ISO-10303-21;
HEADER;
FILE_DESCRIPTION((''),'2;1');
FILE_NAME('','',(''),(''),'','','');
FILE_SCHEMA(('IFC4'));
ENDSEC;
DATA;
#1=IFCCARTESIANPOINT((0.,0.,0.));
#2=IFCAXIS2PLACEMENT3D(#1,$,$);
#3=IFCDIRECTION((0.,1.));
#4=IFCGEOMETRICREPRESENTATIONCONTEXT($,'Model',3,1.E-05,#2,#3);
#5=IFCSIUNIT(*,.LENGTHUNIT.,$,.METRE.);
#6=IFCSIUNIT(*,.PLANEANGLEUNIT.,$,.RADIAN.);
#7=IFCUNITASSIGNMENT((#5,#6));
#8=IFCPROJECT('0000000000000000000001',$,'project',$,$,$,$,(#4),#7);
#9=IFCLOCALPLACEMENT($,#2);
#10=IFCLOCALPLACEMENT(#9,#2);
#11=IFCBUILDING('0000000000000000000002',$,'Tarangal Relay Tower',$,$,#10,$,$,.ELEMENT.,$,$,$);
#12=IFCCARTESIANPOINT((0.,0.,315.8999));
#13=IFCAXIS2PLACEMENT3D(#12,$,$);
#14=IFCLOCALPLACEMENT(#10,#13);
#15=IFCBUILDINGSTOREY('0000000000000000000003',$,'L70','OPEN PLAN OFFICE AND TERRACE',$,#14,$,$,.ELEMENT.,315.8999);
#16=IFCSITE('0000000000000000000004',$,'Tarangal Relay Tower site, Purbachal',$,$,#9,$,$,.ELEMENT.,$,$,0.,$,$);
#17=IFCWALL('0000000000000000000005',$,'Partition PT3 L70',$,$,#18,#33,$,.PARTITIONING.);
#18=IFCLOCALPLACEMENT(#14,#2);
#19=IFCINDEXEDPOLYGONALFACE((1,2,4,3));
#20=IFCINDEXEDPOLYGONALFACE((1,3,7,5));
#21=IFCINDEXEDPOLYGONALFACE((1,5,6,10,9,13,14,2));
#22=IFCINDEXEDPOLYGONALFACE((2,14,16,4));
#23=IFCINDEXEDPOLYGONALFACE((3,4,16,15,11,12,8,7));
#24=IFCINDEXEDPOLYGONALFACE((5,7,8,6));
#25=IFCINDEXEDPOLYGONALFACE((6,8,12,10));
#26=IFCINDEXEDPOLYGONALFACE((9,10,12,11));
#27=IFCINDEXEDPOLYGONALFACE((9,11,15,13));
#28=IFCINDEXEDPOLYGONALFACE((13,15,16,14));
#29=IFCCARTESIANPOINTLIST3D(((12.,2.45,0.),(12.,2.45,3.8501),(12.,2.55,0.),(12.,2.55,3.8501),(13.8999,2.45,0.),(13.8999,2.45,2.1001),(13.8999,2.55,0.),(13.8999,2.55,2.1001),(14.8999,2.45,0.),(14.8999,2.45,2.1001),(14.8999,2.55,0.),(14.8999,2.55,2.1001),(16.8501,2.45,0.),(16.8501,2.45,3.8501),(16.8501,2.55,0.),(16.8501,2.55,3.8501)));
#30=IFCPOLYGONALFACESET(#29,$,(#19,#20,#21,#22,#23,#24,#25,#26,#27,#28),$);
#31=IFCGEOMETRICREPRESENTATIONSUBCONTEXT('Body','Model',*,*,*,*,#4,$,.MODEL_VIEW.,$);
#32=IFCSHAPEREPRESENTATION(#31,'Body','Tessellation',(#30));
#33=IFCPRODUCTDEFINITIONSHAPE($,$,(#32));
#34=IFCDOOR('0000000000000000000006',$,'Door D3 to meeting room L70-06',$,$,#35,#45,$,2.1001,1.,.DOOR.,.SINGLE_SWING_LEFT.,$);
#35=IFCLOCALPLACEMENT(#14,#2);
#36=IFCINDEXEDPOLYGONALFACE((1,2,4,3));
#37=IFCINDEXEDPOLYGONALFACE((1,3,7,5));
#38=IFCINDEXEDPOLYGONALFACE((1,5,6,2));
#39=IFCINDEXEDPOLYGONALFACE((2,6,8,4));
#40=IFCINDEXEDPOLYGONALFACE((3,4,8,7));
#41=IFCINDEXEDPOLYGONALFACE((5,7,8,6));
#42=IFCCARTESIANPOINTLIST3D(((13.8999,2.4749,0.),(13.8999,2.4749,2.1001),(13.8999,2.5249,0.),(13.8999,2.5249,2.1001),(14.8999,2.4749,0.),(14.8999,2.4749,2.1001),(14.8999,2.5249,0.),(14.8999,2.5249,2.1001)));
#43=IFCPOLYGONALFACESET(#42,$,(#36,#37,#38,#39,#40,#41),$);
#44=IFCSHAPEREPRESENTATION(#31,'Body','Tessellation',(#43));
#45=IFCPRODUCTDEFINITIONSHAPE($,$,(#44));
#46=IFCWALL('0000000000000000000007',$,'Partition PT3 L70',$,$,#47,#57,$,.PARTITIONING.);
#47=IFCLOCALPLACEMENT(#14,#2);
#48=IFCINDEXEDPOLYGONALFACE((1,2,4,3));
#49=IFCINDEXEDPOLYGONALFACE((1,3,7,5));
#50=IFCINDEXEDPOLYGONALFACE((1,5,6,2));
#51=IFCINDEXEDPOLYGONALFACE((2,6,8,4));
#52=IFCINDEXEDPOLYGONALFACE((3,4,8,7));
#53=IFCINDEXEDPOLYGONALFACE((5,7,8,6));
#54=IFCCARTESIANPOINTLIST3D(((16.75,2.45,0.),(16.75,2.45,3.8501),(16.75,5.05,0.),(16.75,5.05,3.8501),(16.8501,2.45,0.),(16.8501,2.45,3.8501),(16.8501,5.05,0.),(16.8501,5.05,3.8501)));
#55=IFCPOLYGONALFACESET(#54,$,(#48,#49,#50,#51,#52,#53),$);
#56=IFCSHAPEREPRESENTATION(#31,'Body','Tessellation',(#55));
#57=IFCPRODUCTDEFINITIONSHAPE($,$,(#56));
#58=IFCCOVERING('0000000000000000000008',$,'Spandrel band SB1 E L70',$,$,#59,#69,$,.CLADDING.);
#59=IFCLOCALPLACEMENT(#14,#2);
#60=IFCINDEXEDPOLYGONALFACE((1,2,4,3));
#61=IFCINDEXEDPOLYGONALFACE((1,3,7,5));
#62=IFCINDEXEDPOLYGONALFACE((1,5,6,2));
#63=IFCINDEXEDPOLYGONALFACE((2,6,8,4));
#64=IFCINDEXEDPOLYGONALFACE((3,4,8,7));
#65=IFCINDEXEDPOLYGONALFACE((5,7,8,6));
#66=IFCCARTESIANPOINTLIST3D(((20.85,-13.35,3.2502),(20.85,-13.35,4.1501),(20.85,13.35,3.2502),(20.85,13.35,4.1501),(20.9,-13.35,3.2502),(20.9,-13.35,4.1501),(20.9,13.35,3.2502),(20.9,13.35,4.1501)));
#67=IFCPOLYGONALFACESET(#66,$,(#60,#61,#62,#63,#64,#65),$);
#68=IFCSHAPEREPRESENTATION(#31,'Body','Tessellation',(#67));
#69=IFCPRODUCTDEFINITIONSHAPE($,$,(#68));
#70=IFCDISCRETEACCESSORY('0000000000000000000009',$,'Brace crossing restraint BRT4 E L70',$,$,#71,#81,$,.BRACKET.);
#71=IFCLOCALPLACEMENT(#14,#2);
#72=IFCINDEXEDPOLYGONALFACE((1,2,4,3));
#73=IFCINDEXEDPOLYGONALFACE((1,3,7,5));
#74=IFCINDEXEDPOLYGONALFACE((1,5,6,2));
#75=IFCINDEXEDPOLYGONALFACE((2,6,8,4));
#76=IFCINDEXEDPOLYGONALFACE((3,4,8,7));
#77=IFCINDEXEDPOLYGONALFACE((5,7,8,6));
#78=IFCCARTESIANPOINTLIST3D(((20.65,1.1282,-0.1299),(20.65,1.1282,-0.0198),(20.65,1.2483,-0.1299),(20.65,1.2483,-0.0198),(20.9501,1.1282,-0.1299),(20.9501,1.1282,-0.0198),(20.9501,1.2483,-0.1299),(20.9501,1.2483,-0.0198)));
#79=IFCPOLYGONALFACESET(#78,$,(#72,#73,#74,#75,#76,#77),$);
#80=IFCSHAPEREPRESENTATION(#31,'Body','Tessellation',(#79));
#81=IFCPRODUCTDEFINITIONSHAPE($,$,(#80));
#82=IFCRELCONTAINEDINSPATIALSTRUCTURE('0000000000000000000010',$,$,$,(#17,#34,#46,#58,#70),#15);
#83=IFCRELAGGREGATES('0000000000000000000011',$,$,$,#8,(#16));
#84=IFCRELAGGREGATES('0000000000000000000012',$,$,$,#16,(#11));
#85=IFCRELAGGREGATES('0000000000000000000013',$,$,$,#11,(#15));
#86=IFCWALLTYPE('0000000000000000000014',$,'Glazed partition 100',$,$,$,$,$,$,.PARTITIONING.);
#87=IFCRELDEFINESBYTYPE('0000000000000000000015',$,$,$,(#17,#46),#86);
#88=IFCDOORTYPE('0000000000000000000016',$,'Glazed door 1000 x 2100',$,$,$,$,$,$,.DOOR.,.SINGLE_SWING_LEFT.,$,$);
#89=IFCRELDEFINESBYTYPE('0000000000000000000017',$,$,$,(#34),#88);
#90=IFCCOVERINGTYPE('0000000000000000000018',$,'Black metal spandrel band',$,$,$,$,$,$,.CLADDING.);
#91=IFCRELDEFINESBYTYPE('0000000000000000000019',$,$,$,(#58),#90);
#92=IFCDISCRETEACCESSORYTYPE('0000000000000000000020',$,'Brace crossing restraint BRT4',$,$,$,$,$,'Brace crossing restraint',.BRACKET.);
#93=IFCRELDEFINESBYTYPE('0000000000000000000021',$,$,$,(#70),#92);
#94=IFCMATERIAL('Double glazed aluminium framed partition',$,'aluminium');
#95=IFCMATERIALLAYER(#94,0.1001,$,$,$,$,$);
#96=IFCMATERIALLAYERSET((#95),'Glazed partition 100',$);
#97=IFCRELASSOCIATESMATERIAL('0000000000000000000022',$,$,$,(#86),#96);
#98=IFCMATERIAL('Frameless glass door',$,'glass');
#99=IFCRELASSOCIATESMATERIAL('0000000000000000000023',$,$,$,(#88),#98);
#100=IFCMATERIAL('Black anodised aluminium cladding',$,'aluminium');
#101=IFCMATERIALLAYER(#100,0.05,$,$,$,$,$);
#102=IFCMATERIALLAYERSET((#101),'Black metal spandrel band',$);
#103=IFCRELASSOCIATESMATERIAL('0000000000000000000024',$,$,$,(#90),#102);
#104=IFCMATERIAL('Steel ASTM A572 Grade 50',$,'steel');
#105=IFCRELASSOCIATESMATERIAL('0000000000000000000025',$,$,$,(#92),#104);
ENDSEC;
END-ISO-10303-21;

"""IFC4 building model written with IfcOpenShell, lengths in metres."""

from ifc_helpers import new_model, si_unit, direction, frame, frame_2d, origin, origin_2d, place, context, subcontext, project, spatial, rectangle, extrude, material, layer, layer_set, type_object, element, fill, save


model = new_model("IFC4")

# Units and contexts
model_context = context("Model", 3, precision=1e-05, world=origin(), true_north=direction((0.0, 1.0)))
body_context = subcontext(model_context, "Body", "Model", "MODEL_VIEW")
ifc_project = project(units=[si_unit("LENGTHUNIT", "METRE"), si_unit("PLANEANGLEUNIT", "RADIAN")], contexts=[model_context])

# Site, building, storey
site_placement = place(None, origin())
site = spatial("IfcSite", under=ifc_project, at=site_placement, Name="Tarangal Relay Tower site, Purbachal", CompositionType="ELEMENT", RefElevation=0.0)
building_placement = place(site_placement, origin())
building = spatial("IfcBuilding", under=site, at=building_placement, Name="Tarangal Relay Tower", CompositionType="ELEMENT")
storey_placement = place(building_placement, frame((0.0, 0.0, 315.8999)))
storey = spatial("IfcBuildingStorey", under=building, at=storey_placement, Name="L70", Description="OPEN PLAN OFFICE AND TERRACE", CompositionType="ELEMENT", Elevation=315.8999)

# Shared definitions
ifc_material_1 = material(Name="Steel ASTM A572 Grade 50", Category="steel")

# Wall, opening, door
ifc_material_2 = material(Name="Double glazed aluminium framed partition", Category="aluminium")
ifc_layer_1 = layer(ifc_material_2, 0.1001)
ifc_layer_set_1 = layer_set([ifc_layer_1], Name="Glazed partition 100")
wall_type_1 = type_object("IfcWallType", Name="Glazed partition 100", PredefinedType="PARTITIONING", material=ifc_layer_set_1)
wall_1_placement = place(storey_placement, frame((12.0, 2.5, 0.0), z_axis=(0.0, 0.0, 1.0), x_axis=(1.0, 0.0, 0.0)))
wall_1 = element("IfcWall", 1, at=wall_1_placement, inside=storey, type_object=wall_type_1, Name="Partition PT3 L70", PredefinedType="PARTITIONING", context=body_context, shape_type="SweptSolid", body=[
    extrude(rectangle(XDim=4.8501, YDim=0.1001, at=frame_2d((2.425, 0.0))), origin(), (0.0, 0.0, 1.0), 3.8501),
])
opening_1_placement = place(wall_1_placement, frame((1.8999, 0.0, 0.0)))
opening_1 = element("IfcOpeningElement", 2, at=opening_1_placement, cuts=wall_1, PredefinedType="OPENING", context=body_context, shape_type="SweptSolid", body=[
    extrude(rectangle(XDim=1.0, YDim=2.1001, at=frame_2d((0.5, 1.05))), frame((0.0, 0.0601, 0.0), z_axis=(0.0, -1.0, 0.0), x_axis=(1.0, 0.0, 0.0)), (0.0, 0.0, 1.0), 0.1201),
])
ifc_material_3 = material(Name="Frameless glass door", Category="glass")
door_type_1 = type_object("IfcDoorType", Name="Glazed door 1000 x 2100", OperationType="SINGLE_SWING_LEFT", PredefinedType="DOOR", material=ifc_material_3)
door_1_placement = place(opening_1_placement, origin())
door_1 = element("IfcDoor", 3, at=door_1_placement, inside=storey, type_object=door_type_1, Name="Door D3 to meeting room L70-06", OperationType="SINGLE_SWING_LEFT", OverallHeight=2.1001, OverallWidth=1.0, PredefinedType="DOOR", context=body_context, shape_type="SweptSolid", body=[
    extrude(rectangle(XDim=1.0, YDim=2.1001, at=frame_2d((0.5, 1.05))), frame((0.0, 0.0249, 0.0), z_axis=(0.0, -1.0, 0.0), x_axis=(1.0, 0.0, 0.0)), (0.0, 0.0, 1.0), 0.05),
])
fill(opening_1, door_1)

# Wall
wall_2_placement = place(storey_placement, frame((16.8, 2.45, 0.0), z_axis=(0.0, 0.0, 1.0), x_axis=(0.0, 1.0, 0.0)))
element("IfcWall", 4, at=wall_2_placement, inside=storey, type_object=wall_type_1, Name="Partition PT3 L70", PredefinedType="PARTITIONING", context=body_context, shape_type="SweptSolid", body=[
    extrude(rectangle(XDim=2.6001, YDim=0.1001, at=frame_2d((1.3, 0.0))), origin(), (0.0, 0.0, 1.0), 3.8501),
])

# Covering
ifc_material_4 = material(Name="Black anodised aluminium cladding", Category="aluminium")
ifc_layer_2 = layer(ifc_material_4, 0.05)
ifc_layer_set_2 = layer_set([ifc_layer_2], Name="Black metal spandrel band")
covering_type = type_object("IfcCoveringType", Name="Black metal spandrel band", PredefinedType="CLADDING", material=ifc_layer_set_2)
covering_placement = place(storey_placement, frame((20.875, 0.0, 3.2502), z_axis=(0.0, 0.0, 1.0), x_axis=(0.0, -1.0, 0.0)))
element("IfcCovering", 5, at=covering_placement, inside=storey, type_object=covering_type, Name="Spandrel band SB1 E L70", PredefinedType="CLADDING", context=body_context, shape_type="SweptSolid", body=[
    extrude(rectangle(XDim=26.7, YDim=0.05, at=origin_2d()), origin(), (0.0, 0.0, 1.0), 0.8999),
])

# Discrete accessory
discrete_accessory_type = type_object("IfcDiscreteAccessoryType", Name="Brace crossing restraint BRT4", ElementType="Brace crossing restraint", PredefinedType="BRACKET", material=ifc_material_1)
discrete_accessory_placement = place(storey_placement, frame((20.8, 1.1882, -0.1299), z_axis=(0.0, 0.0, 1.0), x_axis=(1.0, 0.0, 0.0)))
element("IfcDiscreteAccessory", 6, at=discrete_accessory_placement, inside=storey, type_object=discrete_accessory_type, Name="Brace crossing restraint BRT4 E L70", PredefinedType="BRACKET", context=body_context, shape_type="SweptSolid", body=[
    extrude(rectangle(XDim=0.3, YDim=0.1201, at=origin_2d()), origin(), (0.0, 0.0, 1.0), 0.1101),
])

save(model, "model.ifc")
